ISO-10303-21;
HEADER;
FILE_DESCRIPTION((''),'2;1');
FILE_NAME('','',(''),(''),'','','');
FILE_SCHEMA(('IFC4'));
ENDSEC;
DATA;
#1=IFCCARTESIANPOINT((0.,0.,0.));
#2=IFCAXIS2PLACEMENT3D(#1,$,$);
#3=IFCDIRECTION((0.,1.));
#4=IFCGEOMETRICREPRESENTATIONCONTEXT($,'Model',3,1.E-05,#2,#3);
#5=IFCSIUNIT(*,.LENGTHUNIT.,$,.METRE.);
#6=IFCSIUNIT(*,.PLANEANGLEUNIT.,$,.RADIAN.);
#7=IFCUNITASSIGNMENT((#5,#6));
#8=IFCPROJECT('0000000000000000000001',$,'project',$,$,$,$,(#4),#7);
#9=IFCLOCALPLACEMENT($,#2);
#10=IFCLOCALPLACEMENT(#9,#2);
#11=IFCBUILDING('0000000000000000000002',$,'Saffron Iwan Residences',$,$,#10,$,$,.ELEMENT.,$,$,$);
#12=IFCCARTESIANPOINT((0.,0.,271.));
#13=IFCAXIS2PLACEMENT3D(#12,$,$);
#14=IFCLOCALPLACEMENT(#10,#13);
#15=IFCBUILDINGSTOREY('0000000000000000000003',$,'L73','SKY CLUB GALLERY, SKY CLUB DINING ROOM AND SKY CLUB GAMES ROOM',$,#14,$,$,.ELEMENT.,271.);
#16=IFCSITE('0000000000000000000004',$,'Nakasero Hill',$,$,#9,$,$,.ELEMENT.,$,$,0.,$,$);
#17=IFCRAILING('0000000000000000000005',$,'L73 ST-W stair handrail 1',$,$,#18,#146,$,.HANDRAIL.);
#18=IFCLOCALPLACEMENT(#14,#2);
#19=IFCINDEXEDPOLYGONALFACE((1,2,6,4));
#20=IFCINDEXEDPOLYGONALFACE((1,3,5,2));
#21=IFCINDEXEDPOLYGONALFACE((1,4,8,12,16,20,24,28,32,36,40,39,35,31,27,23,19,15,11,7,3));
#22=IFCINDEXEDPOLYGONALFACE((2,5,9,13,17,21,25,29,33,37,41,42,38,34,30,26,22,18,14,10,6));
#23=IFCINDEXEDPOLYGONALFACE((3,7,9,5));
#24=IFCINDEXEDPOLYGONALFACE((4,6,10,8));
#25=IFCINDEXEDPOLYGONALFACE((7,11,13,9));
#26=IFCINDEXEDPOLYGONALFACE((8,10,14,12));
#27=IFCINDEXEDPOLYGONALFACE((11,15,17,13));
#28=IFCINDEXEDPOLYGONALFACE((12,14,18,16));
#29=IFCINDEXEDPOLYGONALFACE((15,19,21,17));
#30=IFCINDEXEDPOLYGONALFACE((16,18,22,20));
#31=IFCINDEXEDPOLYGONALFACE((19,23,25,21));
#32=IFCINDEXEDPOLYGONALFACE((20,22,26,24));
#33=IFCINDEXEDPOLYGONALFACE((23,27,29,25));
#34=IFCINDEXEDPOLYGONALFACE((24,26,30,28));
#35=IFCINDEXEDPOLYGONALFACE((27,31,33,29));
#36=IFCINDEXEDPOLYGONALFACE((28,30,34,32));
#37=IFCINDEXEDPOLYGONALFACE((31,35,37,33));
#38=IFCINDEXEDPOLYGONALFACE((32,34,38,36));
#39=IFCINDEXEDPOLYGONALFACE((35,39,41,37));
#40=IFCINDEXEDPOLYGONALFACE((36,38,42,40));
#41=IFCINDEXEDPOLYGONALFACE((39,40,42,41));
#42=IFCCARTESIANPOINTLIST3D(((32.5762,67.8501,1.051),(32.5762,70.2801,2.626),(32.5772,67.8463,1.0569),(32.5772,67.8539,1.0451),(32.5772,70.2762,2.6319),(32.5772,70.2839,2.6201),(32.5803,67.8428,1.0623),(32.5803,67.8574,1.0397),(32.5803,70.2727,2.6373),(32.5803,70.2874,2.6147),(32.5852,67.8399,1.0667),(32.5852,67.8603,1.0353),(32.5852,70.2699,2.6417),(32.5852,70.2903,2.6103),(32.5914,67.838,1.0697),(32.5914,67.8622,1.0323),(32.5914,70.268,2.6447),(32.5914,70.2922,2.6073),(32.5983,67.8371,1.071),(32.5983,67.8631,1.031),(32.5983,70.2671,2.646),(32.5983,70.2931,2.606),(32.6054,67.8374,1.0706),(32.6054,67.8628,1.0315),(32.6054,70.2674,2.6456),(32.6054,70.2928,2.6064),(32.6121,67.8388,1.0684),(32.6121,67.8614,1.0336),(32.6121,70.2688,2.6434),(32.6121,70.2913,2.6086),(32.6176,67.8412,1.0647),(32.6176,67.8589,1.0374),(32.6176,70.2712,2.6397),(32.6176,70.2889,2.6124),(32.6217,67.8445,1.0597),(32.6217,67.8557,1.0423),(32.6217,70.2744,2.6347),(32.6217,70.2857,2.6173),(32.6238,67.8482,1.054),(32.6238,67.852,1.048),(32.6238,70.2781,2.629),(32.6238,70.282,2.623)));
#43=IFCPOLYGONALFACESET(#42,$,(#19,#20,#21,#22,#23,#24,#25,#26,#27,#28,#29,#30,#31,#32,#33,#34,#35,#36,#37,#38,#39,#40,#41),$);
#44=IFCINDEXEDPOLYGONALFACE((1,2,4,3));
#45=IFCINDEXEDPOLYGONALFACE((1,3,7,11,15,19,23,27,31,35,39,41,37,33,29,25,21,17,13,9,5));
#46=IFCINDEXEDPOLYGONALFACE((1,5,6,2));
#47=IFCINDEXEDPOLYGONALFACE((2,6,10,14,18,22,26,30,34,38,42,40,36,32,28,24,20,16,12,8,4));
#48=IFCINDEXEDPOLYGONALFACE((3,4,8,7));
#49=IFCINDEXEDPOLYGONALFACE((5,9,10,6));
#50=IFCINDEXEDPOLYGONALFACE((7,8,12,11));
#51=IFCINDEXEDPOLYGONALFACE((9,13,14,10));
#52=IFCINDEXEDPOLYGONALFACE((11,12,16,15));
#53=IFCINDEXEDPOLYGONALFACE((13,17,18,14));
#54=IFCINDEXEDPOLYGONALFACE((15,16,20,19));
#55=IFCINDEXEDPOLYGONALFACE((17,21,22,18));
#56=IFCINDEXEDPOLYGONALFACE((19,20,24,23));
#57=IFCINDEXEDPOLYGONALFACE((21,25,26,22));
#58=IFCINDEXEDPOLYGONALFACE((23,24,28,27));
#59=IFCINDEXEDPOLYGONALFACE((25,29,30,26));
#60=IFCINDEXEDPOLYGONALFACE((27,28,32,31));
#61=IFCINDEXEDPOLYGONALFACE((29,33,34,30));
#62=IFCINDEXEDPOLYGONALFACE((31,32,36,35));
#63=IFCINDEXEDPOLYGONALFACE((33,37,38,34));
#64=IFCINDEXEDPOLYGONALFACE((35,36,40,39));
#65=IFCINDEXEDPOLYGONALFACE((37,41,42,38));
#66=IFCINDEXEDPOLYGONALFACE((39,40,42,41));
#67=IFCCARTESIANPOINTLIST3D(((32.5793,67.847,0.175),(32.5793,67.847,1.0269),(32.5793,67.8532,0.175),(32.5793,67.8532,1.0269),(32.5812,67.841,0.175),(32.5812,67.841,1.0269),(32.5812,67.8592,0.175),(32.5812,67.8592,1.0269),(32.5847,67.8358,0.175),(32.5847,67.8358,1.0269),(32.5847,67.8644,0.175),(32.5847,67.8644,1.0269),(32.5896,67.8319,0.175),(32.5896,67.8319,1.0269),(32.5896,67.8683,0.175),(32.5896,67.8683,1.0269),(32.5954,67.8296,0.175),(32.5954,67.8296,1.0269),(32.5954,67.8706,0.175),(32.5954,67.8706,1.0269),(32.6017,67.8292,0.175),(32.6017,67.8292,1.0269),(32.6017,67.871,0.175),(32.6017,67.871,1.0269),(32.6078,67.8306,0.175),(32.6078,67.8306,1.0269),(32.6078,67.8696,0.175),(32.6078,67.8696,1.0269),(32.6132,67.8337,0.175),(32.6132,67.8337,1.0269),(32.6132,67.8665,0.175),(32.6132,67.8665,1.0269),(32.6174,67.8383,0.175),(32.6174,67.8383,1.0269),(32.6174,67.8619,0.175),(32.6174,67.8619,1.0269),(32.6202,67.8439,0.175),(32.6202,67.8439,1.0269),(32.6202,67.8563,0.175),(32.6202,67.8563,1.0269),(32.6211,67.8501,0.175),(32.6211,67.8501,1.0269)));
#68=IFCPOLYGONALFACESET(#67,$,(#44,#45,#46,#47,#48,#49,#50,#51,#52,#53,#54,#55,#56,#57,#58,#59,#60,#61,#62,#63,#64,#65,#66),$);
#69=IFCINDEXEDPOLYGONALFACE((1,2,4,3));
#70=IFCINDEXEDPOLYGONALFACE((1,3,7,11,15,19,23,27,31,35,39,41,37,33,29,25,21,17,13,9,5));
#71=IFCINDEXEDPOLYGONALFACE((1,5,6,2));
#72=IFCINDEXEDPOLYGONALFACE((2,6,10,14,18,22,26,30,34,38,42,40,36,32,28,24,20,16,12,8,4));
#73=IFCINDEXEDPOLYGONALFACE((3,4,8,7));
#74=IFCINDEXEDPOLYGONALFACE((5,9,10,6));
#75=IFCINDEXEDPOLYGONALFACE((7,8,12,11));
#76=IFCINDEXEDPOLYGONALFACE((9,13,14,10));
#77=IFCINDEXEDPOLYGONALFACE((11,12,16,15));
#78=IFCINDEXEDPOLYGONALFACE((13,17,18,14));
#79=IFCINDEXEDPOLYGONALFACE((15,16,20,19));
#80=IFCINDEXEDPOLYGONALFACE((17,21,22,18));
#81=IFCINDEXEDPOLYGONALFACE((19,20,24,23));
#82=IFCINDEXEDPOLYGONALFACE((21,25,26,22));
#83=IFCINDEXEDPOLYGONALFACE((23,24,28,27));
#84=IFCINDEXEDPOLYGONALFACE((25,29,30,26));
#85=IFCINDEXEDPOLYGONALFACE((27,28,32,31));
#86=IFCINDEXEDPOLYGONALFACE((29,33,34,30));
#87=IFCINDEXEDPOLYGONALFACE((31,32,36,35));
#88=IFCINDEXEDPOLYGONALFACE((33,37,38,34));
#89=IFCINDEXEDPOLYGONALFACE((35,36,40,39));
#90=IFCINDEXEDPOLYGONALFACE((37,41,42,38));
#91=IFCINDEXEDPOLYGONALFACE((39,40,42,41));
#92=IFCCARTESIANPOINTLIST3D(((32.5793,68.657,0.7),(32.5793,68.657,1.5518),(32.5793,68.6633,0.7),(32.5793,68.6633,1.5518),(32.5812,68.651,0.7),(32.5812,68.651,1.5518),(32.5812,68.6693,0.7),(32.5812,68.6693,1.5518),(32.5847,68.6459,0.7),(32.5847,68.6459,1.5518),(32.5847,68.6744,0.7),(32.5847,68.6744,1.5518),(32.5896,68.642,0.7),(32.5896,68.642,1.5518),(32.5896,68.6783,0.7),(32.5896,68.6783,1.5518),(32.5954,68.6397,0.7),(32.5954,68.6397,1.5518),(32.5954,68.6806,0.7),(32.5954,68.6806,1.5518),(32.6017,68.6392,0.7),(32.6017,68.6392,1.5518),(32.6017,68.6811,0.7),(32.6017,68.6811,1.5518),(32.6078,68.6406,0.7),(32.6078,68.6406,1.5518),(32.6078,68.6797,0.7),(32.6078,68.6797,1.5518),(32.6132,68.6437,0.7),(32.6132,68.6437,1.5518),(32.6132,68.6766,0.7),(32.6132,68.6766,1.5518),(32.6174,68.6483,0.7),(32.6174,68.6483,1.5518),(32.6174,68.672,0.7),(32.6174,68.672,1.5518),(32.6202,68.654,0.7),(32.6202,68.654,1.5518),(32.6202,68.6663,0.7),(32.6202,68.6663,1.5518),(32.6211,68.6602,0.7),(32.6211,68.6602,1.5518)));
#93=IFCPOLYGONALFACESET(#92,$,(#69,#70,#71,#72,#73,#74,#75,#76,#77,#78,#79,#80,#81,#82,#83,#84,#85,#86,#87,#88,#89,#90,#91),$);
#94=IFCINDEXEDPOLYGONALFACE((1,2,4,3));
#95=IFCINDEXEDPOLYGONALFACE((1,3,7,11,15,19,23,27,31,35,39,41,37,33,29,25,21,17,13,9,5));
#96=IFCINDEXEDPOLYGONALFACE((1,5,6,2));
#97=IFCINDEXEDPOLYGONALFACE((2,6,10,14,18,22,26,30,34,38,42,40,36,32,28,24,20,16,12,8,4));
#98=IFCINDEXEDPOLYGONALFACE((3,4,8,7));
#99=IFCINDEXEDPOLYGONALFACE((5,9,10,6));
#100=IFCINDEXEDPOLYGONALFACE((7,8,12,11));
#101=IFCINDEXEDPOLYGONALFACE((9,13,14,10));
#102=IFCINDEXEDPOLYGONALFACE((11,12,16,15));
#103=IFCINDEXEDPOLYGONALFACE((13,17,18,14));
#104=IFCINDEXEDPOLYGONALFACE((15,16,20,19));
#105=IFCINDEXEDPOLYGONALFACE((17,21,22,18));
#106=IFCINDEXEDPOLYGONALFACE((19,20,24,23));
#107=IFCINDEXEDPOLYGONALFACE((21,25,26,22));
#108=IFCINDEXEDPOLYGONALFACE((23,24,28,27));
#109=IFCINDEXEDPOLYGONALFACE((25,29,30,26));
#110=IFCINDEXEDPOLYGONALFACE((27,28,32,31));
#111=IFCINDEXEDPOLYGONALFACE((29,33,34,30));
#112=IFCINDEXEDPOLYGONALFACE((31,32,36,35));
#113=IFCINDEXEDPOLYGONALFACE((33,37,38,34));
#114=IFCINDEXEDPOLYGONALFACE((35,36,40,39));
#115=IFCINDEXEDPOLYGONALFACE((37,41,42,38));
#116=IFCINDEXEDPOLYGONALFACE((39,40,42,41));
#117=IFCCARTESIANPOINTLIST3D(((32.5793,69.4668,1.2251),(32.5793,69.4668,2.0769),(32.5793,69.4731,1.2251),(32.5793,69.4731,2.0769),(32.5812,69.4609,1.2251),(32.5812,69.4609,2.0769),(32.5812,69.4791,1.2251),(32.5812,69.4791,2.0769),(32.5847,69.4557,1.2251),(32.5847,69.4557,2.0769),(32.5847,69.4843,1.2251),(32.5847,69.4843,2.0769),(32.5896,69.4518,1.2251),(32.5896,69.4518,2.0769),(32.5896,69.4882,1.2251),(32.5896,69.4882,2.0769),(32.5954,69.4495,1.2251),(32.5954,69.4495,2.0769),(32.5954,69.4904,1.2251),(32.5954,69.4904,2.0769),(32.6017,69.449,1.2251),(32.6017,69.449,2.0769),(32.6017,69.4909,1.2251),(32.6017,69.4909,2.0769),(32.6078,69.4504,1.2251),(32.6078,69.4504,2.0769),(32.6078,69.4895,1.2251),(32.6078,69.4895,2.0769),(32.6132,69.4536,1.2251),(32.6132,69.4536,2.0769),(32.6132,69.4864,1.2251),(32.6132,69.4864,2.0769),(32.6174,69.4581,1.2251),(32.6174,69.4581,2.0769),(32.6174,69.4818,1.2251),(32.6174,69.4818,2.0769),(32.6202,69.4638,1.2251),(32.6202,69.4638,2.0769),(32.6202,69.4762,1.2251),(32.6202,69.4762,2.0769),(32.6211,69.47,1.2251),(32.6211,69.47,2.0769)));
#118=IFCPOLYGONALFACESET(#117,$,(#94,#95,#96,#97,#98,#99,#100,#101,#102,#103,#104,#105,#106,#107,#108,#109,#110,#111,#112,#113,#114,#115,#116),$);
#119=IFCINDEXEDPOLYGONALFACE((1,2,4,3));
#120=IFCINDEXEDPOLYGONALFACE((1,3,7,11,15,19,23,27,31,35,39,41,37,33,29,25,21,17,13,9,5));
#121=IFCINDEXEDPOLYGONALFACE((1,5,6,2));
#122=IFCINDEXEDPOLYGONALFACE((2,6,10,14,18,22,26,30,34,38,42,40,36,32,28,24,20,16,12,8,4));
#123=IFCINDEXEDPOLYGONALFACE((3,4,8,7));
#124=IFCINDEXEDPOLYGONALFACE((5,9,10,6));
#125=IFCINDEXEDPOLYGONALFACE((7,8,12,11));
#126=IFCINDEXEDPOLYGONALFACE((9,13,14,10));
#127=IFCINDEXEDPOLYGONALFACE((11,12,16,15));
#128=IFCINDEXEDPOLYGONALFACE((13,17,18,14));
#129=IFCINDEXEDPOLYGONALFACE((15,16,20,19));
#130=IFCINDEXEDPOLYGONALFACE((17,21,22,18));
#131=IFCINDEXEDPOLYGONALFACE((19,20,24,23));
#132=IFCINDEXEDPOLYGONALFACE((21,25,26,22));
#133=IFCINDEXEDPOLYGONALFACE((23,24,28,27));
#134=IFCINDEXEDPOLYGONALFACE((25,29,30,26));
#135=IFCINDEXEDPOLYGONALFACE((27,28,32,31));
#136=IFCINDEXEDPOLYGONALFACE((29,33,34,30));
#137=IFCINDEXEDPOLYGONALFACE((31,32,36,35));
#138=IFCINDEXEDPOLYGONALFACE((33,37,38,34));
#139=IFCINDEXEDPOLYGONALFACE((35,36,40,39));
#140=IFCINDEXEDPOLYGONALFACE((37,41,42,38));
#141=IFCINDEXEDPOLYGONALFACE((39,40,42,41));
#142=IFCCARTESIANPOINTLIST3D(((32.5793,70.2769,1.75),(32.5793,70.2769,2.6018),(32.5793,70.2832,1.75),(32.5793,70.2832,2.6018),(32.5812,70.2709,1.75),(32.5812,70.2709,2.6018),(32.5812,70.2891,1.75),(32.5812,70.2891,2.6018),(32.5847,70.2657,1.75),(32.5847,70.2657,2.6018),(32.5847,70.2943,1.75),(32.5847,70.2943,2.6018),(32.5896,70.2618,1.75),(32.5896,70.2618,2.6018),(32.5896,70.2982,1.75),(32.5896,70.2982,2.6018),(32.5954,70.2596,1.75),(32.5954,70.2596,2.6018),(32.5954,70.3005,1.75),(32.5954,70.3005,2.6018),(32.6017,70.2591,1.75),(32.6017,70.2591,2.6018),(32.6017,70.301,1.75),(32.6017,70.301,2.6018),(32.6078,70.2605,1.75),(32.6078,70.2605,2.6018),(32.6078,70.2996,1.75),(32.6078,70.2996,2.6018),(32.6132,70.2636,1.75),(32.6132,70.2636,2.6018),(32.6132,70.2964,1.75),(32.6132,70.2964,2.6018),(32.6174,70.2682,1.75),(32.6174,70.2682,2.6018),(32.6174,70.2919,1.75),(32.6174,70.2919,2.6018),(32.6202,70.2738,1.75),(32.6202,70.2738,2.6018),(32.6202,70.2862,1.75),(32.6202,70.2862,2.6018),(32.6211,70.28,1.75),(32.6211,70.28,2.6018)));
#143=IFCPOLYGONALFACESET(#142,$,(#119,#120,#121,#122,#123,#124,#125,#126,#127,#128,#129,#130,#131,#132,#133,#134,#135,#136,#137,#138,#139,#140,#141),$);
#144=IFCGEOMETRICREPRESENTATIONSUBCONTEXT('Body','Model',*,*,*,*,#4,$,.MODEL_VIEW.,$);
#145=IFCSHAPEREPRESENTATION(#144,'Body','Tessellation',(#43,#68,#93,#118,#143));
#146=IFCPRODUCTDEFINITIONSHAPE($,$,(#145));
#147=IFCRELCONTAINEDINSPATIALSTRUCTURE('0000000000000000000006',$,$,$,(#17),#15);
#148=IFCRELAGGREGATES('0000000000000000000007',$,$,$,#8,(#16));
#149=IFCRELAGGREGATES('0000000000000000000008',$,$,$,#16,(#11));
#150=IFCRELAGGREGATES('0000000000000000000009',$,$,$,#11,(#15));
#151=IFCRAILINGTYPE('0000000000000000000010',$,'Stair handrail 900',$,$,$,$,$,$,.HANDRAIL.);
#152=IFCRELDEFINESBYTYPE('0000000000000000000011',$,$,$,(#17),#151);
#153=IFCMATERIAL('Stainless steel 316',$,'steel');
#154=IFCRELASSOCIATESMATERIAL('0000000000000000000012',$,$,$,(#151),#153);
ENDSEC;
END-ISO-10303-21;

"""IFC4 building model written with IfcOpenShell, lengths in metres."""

from ifc_helpers import new_model, si_unit, direction, frame, origin, origin_2d, place, context, subcontext, project, spatial, circle, extrude, material, type_object, element, save


model = new_model("IFC4")

# Units and contexts
model_context = context("Model", 3, precision=1e-05, world=origin(), true_north=direction((0.0, 1.0)))
body_context = subcontext(model_context, "Body", "Model", "MODEL_VIEW")
ifc_project = project(units=[si_unit("LENGTHUNIT", "METRE"), si_unit("PLANEANGLEUNIT", "RADIAN")], contexts=[model_context])

# Site, building, storey
site_placement = place(None, origin())
site = spatial("IfcSite", under=ifc_project, at=site_placement, Name="Nakasero Hill", CompositionType="ELEMENT", RefElevation=0.0)
building_placement = place(site_placement, origin())
building = spatial("IfcBuilding", under=site, at=building_placement, Name="Saffron Iwan Residences", CompositionType="ELEMENT")
storey_placement = place(building_placement, frame((0.0, 0.0, 271.0)))
storey = spatial("IfcBuildingStorey", under=building, at=storey_placement, Name="L73", Description="SKY CLUB GALLERY, SKY CLUB DINING ROOM AND SKY CLUB GAMES ROOM", CompositionType="ELEMENT", Elevation=271.0)

# Railing
ifc_material_1 = material(Name="Stainless steel 316", Category="steel")
railing_type_1 = type_object("IfcRailingType", Name="Stair handrail 900", PredefinedType="HANDRAIL", material=ifc_material_1)
railing_1_placement = place(storey_placement, frame((32.6001, 67.8501, 0.175)))
element("IfcRailing", 1, at=railing_1_placement, inside=storey, type_object=railing_type_1, Name="L73 ST-W stair handrail 1", PredefinedType="HANDRAIL", context=body_context, shape_type="SweptSolid", body=[
    extrude(circle(Radius=0.0239, at=origin_2d()), frame((0.0, 0.0, 0.876), z_axis=(0.0, 0.839154, 0.543894), x_axis=(-1.0, 0.0, 0.0)), (0.0, 0.0, 1.0), 2.8958),
    extrude(circle(Radius=0.021, at=origin_2d()), origin(), (0.0, 0.0, 1.0), 0.8518),
    extrude(circle(Radius=0.021, at=origin_2d()), frame((0.0, 0.8101, 0.5249)), (0.0, 0.0, 1.0), 0.8518),
    extrude(circle(Radius=0.021, at=origin_2d()), frame((0.0, 1.6199, 1.05)), (0.0, 0.0, 1.0), 0.8518),
    extrude(circle(Radius=0.021, at=origin_2d()), frame((0.0, 2.4299, 1.575)), (0.0, 0.0, 1.0), 0.8518),
])

save(model, "model.ifc")
